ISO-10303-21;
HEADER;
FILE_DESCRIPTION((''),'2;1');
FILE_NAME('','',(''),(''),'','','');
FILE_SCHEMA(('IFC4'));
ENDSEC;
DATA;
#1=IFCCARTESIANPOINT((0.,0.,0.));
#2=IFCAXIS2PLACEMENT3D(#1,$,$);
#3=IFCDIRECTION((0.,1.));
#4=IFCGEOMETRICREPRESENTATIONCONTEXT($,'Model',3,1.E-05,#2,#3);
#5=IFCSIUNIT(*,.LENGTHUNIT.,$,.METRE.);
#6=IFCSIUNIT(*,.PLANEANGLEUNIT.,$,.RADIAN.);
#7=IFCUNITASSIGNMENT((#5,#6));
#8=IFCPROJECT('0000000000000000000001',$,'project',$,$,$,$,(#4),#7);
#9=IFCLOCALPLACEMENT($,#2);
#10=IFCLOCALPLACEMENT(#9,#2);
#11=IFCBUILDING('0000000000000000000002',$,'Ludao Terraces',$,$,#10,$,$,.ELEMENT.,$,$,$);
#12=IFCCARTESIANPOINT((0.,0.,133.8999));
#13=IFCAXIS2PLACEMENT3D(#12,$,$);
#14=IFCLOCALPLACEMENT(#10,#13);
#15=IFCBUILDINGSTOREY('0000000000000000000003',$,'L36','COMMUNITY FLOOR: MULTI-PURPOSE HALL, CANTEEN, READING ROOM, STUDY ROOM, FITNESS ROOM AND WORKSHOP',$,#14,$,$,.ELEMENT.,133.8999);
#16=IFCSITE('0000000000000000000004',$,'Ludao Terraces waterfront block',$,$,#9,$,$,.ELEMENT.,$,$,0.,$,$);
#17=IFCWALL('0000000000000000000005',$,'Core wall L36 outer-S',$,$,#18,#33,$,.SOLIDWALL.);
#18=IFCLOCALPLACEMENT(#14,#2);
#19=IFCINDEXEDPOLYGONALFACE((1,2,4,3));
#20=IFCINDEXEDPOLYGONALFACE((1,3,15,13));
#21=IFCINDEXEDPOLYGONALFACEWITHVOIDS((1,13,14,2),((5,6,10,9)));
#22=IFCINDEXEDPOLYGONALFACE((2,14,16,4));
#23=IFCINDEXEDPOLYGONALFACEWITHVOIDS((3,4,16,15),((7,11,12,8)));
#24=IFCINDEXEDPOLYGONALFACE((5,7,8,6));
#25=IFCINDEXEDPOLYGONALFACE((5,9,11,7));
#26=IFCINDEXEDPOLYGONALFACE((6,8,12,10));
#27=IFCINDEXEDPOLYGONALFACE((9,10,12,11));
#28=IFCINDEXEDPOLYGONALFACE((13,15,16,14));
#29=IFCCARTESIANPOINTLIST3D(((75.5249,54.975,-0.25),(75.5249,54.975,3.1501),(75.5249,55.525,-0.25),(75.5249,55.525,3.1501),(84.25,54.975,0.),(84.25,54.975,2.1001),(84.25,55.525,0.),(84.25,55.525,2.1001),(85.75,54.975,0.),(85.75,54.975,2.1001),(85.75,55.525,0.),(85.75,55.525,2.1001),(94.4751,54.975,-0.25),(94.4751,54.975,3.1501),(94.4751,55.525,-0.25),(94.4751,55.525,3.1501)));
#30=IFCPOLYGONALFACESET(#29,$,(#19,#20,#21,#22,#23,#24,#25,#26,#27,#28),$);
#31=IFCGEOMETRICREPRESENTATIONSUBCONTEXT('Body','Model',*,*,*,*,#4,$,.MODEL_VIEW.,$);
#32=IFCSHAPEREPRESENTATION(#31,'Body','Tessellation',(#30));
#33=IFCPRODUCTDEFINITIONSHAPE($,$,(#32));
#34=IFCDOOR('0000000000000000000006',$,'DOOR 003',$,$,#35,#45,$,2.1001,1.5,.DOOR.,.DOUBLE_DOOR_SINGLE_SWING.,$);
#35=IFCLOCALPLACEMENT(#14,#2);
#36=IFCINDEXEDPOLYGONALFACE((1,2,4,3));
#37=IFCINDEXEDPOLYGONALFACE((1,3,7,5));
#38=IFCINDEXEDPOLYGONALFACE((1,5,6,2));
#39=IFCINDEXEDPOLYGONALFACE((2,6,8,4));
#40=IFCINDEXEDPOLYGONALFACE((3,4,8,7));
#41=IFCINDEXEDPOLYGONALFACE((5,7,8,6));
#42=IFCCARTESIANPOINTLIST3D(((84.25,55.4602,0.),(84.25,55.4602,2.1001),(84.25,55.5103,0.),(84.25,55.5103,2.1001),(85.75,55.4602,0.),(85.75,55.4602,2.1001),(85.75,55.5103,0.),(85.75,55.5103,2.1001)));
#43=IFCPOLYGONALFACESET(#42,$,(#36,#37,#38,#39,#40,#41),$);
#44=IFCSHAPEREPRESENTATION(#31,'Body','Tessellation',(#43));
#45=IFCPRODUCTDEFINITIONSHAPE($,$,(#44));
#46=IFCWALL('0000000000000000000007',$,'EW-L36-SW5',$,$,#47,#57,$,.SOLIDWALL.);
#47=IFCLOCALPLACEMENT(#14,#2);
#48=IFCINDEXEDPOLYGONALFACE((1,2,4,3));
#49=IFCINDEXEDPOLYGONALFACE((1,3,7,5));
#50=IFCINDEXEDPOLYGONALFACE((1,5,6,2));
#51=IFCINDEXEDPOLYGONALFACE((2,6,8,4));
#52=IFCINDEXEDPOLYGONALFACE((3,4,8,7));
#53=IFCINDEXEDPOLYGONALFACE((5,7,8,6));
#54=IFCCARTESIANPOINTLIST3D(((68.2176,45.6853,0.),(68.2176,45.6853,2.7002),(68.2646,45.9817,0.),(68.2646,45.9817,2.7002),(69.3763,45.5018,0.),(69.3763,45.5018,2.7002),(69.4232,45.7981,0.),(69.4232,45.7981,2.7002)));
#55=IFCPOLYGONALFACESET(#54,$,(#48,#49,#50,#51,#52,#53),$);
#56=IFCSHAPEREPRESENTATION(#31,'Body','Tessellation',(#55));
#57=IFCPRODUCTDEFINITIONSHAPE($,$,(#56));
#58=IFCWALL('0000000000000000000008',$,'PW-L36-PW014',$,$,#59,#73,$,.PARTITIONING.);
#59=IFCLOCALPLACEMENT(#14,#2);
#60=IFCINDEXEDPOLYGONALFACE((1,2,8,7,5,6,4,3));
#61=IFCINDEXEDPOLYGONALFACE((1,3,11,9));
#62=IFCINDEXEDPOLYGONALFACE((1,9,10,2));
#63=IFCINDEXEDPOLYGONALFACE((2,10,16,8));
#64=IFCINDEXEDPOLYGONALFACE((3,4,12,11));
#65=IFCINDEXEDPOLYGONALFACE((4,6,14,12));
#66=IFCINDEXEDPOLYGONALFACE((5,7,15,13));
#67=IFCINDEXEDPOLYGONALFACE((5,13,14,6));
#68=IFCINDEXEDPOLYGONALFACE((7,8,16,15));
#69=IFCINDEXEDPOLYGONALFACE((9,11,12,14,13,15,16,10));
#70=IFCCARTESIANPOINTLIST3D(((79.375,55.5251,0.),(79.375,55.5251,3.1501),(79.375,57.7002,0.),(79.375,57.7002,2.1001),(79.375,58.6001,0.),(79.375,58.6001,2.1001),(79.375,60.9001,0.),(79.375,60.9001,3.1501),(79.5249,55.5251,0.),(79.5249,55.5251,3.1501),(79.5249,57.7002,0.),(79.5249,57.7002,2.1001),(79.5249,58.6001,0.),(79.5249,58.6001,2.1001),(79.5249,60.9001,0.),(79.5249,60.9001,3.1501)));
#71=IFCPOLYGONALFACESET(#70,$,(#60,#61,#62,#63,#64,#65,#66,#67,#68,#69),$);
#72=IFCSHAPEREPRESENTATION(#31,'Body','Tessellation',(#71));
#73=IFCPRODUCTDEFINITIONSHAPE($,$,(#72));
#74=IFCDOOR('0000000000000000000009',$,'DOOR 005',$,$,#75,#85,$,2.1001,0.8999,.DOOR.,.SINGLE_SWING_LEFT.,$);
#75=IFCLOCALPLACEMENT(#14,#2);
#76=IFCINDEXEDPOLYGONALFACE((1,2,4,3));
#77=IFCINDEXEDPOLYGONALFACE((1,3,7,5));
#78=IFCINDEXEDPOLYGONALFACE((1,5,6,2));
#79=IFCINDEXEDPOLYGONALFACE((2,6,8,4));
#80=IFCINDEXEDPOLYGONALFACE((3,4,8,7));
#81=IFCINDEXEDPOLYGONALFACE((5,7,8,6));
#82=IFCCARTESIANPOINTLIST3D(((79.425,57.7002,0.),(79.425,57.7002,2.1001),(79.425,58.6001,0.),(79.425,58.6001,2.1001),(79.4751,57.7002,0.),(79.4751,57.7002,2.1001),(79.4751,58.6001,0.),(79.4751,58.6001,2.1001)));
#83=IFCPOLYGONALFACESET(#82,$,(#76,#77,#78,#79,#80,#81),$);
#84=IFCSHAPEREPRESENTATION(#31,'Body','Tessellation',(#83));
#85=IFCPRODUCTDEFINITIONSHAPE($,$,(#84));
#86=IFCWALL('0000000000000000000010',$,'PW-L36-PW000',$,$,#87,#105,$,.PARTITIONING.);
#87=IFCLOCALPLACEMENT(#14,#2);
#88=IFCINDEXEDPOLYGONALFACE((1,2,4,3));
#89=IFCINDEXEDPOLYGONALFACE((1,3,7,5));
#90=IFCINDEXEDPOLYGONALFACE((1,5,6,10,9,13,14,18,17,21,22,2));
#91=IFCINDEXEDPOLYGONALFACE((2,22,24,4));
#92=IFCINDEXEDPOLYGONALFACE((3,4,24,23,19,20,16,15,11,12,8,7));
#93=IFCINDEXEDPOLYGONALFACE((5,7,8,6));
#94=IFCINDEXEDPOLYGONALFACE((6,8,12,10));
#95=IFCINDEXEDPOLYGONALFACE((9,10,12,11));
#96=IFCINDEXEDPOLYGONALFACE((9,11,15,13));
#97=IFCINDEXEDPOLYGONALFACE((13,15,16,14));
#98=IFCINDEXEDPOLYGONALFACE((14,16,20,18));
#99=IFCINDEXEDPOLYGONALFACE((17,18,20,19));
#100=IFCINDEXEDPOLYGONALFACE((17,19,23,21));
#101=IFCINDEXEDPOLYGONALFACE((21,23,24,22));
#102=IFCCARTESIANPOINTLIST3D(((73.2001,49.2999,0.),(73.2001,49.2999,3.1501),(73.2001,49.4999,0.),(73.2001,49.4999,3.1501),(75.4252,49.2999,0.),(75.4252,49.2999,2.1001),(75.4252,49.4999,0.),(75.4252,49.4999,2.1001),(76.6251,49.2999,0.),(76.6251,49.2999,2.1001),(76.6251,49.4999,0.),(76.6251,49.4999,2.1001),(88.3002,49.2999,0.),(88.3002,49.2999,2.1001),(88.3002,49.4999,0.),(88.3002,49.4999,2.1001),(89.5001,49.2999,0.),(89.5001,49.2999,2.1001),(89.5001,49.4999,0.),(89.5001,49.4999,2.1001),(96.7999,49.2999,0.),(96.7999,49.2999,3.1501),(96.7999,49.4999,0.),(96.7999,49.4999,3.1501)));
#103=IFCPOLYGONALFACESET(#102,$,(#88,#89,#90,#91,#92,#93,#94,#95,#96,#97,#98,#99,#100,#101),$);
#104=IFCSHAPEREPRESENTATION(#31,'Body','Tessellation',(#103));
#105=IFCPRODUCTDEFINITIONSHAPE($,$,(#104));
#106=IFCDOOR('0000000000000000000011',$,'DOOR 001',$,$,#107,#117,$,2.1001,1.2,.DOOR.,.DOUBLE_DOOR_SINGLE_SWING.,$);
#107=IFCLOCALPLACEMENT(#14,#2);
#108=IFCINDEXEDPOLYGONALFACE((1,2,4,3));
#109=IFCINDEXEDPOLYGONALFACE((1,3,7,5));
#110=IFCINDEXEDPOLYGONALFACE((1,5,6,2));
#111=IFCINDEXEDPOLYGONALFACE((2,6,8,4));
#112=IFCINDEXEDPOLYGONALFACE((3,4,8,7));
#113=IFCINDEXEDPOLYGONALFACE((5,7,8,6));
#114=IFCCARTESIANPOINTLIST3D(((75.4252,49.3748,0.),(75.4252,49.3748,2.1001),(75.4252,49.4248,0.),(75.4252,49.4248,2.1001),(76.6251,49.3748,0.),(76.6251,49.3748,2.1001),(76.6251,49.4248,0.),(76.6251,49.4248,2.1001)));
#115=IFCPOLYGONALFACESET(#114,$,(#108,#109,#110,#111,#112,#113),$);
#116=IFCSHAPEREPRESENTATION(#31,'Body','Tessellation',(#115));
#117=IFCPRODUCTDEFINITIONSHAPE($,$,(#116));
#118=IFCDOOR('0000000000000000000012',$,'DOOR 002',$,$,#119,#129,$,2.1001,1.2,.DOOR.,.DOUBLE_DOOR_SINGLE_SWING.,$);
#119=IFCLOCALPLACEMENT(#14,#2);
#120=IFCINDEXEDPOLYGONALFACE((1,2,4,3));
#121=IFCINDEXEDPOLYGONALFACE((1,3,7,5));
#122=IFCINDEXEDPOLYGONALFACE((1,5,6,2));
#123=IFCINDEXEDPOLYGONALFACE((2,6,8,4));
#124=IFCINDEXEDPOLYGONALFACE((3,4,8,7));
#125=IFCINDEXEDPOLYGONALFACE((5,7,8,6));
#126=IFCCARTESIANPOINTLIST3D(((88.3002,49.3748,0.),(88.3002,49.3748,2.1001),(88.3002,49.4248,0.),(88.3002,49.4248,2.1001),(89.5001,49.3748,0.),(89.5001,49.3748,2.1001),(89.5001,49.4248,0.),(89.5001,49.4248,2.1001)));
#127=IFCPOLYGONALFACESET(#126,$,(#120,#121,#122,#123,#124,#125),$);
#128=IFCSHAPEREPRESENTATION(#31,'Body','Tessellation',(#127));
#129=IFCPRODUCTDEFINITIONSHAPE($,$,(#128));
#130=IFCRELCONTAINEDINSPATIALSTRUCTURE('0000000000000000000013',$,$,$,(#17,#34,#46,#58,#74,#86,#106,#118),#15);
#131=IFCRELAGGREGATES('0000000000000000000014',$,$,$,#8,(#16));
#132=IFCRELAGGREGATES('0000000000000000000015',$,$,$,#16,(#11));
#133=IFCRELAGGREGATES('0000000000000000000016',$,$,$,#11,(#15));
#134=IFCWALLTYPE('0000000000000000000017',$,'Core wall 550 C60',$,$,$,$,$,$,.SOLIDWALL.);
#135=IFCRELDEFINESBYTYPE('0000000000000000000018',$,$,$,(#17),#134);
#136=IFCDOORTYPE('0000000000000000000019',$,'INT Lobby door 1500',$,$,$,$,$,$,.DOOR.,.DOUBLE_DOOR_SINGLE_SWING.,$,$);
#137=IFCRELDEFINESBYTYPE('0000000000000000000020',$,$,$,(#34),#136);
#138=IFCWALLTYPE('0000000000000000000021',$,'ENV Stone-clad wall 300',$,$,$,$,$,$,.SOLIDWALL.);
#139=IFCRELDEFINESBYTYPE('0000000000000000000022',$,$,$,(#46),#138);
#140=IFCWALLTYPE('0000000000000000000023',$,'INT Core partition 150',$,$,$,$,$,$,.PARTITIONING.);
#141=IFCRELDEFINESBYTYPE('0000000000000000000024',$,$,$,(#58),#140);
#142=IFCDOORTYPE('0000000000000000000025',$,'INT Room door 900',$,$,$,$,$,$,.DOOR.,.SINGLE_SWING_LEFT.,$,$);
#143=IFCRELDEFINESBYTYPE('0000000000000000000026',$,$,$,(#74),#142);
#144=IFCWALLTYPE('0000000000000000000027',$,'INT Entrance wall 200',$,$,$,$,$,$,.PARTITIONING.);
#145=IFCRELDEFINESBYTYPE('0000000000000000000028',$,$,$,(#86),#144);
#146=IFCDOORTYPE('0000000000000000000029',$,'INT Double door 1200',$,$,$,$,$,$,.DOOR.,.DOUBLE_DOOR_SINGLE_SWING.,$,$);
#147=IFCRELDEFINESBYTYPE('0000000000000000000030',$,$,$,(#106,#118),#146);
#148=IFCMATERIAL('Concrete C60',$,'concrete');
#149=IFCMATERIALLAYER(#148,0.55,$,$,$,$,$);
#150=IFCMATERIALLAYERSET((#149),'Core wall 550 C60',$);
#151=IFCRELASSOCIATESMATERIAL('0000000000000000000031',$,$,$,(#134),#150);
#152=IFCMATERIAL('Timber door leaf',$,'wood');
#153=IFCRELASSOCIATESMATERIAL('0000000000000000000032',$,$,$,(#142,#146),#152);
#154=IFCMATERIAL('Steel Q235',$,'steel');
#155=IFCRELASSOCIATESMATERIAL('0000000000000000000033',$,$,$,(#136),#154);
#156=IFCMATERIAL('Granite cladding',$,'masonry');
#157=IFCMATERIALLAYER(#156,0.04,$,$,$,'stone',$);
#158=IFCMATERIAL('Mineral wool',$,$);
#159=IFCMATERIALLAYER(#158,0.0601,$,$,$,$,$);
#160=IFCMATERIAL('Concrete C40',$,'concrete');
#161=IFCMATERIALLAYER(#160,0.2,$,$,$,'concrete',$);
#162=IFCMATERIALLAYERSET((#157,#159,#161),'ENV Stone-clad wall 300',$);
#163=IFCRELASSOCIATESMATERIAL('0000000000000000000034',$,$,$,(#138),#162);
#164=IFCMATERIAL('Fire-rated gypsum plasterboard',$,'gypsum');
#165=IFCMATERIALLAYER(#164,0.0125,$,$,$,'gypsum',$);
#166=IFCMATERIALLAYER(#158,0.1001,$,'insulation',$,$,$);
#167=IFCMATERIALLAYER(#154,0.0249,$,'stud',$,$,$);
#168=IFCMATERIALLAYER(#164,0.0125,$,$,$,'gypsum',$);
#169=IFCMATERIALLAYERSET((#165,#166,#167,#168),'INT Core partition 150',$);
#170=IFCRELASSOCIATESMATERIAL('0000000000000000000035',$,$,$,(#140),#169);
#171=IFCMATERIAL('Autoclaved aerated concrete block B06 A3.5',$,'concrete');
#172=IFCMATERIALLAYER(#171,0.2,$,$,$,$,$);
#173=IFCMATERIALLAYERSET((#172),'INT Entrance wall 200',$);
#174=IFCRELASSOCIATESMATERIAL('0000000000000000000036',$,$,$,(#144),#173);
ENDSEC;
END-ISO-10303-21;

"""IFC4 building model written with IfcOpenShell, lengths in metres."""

from ifc_helpers import new_model, si_unit, direction, frame, frame_2d, origin, place, context, subcontext, project, spatial, rectangle, extrude, material, layer, layer_set, type_object, element, fill, save


model = new_model("IFC4")

# Units and contexts
model_context = context("Model", 3, precision=1e-05, world=origin(), true_north=direction((0.0, 1.0)))
body_context = subcontext(model_context, "Body", "Model", "MODEL_VIEW")
ifc_project = project(units=[si_unit("LENGTHUNIT", "METRE"), si_unit("PLANEANGLEUNIT", "RADIAN")], contexts=[model_context])

# Site, building, storey
site_placement = place(None, origin())
site = spatial("IfcSite", under=ifc_project, at=site_placement, Name="Ludao Terraces waterfront block", CompositionType="ELEMENT", RefElevation=0.0)
building_placement = place(site_placement, origin())
building = spatial("IfcBuilding", under=site, at=building_placement, Name="Ludao Terraces", CompositionType="ELEMENT")
storey_placement = place(building_placement, frame((0.0, 0.0, 133.8999)))
storey = spatial("IfcBuildingStorey", under=building, at=storey_placement, Name="L36", Description="COMMUNITY FLOOR: MULTI-PURPOSE HALL, CANTEEN, READING ROOM, STUDY ROOM, FITNESS ROOM AND WORKSHOP", CompositionType="ELEMENT", Elevation=133.8999)

# Shared definitions
ifc_material_1 = material(Name="Concrete C40", Category="concrete")

# Shared definitions
ifc_material_2 = material(Name="Concrete C60", Category="concrete")
ifc_layer_1 = layer(ifc_material_2, 0.55)
ifc_layer_set_1 = layer_set([ifc_layer_1], Name="Core wall 550 C60")
wall_type_1 = type_object("IfcWallType", Name="Core wall 550 C60", PredefinedType="SOLIDWALL", material=ifc_layer_set_1)
ifc_material_3 = material(Name="Steel Q235", Category="steel")
ifc_material_4 = material(Name="Timber door leaf", Category="wood")
door_type_1 = type_object("IfcDoorType", Name="INT Room door 900", OperationType="SINGLE_SWING_LEFT", PredefinedType="DOOR", material=ifc_material_4)

# Wall, opening, door
wall_1_placement = place(storey_placement, frame((75.5249, 55.25, -0.25), z_axis=(0.0, 0.0, 1.0), x_axis=(1.0, 0.0, 0.0)))
wall_1 = element("IfcWall", 1, at=wall_1_placement, inside=storey, type_object=wall_type_1, Name="Core wall L36 outer-S", PredefinedType="SOLIDWALL", context=body_context, shape_type="SweptSolid", body=[
    extrude(rectangle(XDim=18.9502, YDim=0.55, at=frame_2d((9.4751, 0.0))), origin(), (0.0, 0.0, 1.0), 3.4001),
])
opening_1_placement = place(wall_1_placement, frame((8.7251, 0.0, 0.25)))
opening_1 = element("IfcOpeningElement", 2, at=opening_1_placement, cuts=wall_1, PredefinedType="OPENING", context=body_context, shape_type="SweptSolid", body=[
    extrude(rectangle(XDim=1.5, YDim=2.1001, at=frame_2d((0.75, 1.05))), frame((0.0, 0.2852, 0.0), z_axis=(0.0, -1.0, 0.0), x_axis=(1.0, 0.0, 0.0)), (0.0, 0.0, 1.0), 0.5701),
])
door_type_2 = type_object("IfcDoorType", Name="INT Lobby door 1500", OperationType="DOUBLE_DOOR_SINGLE_SWING", PredefinedType="DOOR", material=ifc_material_3)
door_1_placement = place(opening_1_placement, origin())
door_1 = element("IfcDoor", 3, at=door_1_placement, inside=storey, type_object=door_type_2, Name="DOOR 003", OperationType="DOUBLE_DOOR_SINGLE_SWING", OverallHeight=2.1001, OverallWidth=1.5, PredefinedType="DOOR", context=body_context, shape_type="SweptSolid", body=[
    extrude(rectangle(XDim=1.5, YDim=2.1001, at=frame_2d((0.75, 1.05))), frame((0.0, 0.2603, 0.0), z_axis=(0.0, -1.0, 0.0), x_axis=(1.0, 0.0, 0.0)), (0.0, 0.0, 1.0), 0.05),
])
fill(opening_1, door_1)

# Wall
ifc_material_5 = material(Name="Granite cladding", Category="masonry")
ifc_layer_2 = layer(ifc_material_5, 0.04, Category="stone")
ifc_material_6 = material(Name="Mineral wool")
ifc_layer_3 = layer(ifc_material_6, 0.0601)
ifc_layer_4 = layer(ifc_material_1, 0.2, Category="concrete")
ifc_layer_set_2 = layer_set([ifc_layer_2, ifc_layer_3, ifc_layer_4], Name="ENV Stone-clad wall 300")
wall_type_2 = type_object("IfcWallType", Name="ENV Stone-clad wall 300", PredefinedType="SOLIDWALL", material=ifc_layer_set_2)
wall_2_placement = place(storey_placement, frame((68.2412, 45.8335, 0.0), z_axis=(0.0, 0.0, 1.0), x_axis=(0.987678, -0.156497, 0.0)))
element("IfcWall", 4, at=wall_2_placement, inside=storey, type_object=wall_type_2, Name="EW-L36-SW5", PredefinedType="SOLIDWALL", context=body_context, shape_type="SweptSolid", body=[
    extrude(rectangle(XDim=1.1731, YDim=0.3, at=frame_2d((0.5864, 0.0))), origin(), (0.0, 0.0, 1.0), 2.7002),
])

# Wall, opening, door
ifc_material_7 = material(Name="Fire-rated gypsum plasterboard", Category="gypsum")
ifc_layer_5 = layer(ifc_material_7, 0.0125, Category="gypsum")
ifc_layer_6 = layer(ifc_material_6, 0.1001, Name="insulation")
ifc_layer_7 = layer(ifc_material_3, 0.0249, Name="stud")
ifc_layer_8 = layer(ifc_material_7, 0.0125, Category="gypsum")
ifc_layer_set_3 = layer_set([ifc_layer_5, ifc_layer_6, ifc_layer_7, ifc_layer_8], Name="INT Core partition 150")
wall_type_3 = type_object("IfcWallType", Name="INT Core partition 150", PredefinedType="PARTITIONING", material=ifc_layer_set_3)
wall_3_placement = place(storey_placement, frame((79.45, 55.5251, 0.0), z_axis=(0.0, 0.0, 1.0), x_axis=(0.0, 1.0, 0.0)))
wall_3 = element("IfcWall", 5, at=wall_3_placement, inside=storey, type_object=wall_type_3, Name="PW-L36-PW014", PredefinedType="PARTITIONING", context=body_context, shape_type="SweptSolid", body=[
    extrude(rectangle(XDim=5.375, YDim=0.1499, at=frame_2d((2.6875, 0.0))), origin(), (0.0, 0.0, 1.0), 3.1501),
])
opening_2_placement = place(wall_3_placement, frame((2.175, 0.0, 0.0)))
opening_2 = element("IfcOpeningElement", 6, at=opening_2_placement, cuts=wall_3, PredefinedType="OPENING", context=body_context, shape_type="SweptSolid", body=[
    extrude(rectangle(XDim=0.8999, YDim=2.1001, at=frame_2d((0.45, 1.05))), frame((0.0, 0.085, 0.0), z_axis=(0.0, -1.0, 0.0), x_axis=(1.0, 0.0, 0.0)), (0.0, 0.0, 1.0), 0.1699),
])
door_2_placement = place(opening_2_placement, origin())
door_2 = element("IfcDoor", 7, at=door_2_placement, inside=storey, type_object=door_type_1, Name="DOOR 005", OperationType="SINGLE_SWING_LEFT", OverallHeight=2.1001, OverallWidth=0.8999, PredefinedType="DOOR", context=body_context, shape_type="SweptSolid", body=[
    extrude(rectangle(XDim=0.8999, YDim=2.1001, at=frame_2d((0.45, 1.05))), frame((0.0, 0.0249, 0.0), z_axis=(0.0, -1.0, 0.0), x_axis=(1.0, 0.0, 0.0)), (0.0, 0.0, 1.0), 0.05),
])
fill(opening_2, door_2)

# Wall, openings, doors
ifc_material_8 = material(Name="Autoclaved aerated concrete block B06 A3.5", Category="concrete")
ifc_layer_9 = layer(ifc_material_8, 0.2)
ifc_layer_set_4 = layer_set([ifc_layer_9], Name="INT Entrance wall 200")
wall_type_4 = type_object("IfcWallType", Name="INT Entrance wall 200", PredefinedType="PARTITIONING", material=ifc_layer_set_4)
wall_4_placement = place(storey_placement, frame((73.2002, 49.3999, 0.0), z_axis=(0.0, 0.0, 1.0), x_axis=(1.0, 0.0, 0.0)))
wall_4 = element("IfcWall", 8, at=wall_4_placement, inside=storey, type_object=wall_type_4, Name="PW-L36-PW000", PredefinedType="PARTITIONING", context=body_context, shape_type="SweptSolid", body=[
    extrude(rectangle(XDim=23.5999, YDim=0.2, at=frame_2d((11.7998, 0.0))), origin(), (0.0, 0.0, 1.0), 3.1501),
])
opening_3_placement = place(wall_4_placement, frame((2.2249, 0.0, 0.0)))
opening_3 = element("IfcOpeningElement", 9, at=opening_3_placement, cuts=wall_4, PredefinedType="OPENING", context=body_context, shape_type="SweptSolid", body=[
    extrude(rectangle(XDim=1.2, YDim=2.1001, at=frame_2d((0.6001, 1.05))), frame((0.0, 0.1099, 0.0), z_axis=(0.0, -1.0, 0.0), x_axis=(1.0, 0.0, 0.0)), (0.0, 0.0, 1.0), 0.22),
])
opening_4_placement = place(wall_4_placement, frame((15.0999, 0.0, 0.0)))
opening_4 = element("IfcOpeningElement", 10, at=opening_4_placement, cuts=wall_4, PredefinedType="OPENING", context=body_context, shape_type="SweptSolid", body=[
    extrude(rectangle(XDim=1.2, YDim=2.1001, at=frame_2d((0.6001, 1.05))), frame((0.0, 0.1099, 0.0), z_axis=(0.0, -1.0, 0.0), x_axis=(1.0, 0.0, 0.0)), (0.0, 0.0, 1.0), 0.22),
])
door_type_3 = type_object("IfcDoorType", Name="INT Double door 1200", OperationType="DOUBLE_DOOR_SINGLE_SWING", PredefinedType="DOOR", material=ifc_material_4)
door_3_placement = place(opening_3_placement, origin())
door_3 = element("IfcDoor", 11, at=door_3_placement, inside=storey, type_object=door_type_3, Name="DOOR 001", OperationType="DOUBLE_DOOR_SINGLE_SWING", OverallHeight=2.1001, OverallWidth=1.2, PredefinedType="DOOR", context=body_context, shape_type="SweptSolid", body=[
    extrude(rectangle(XDim=1.2, YDim=2.1001, at=frame_2d((0.6001, 1.05))), frame((0.0, 0.0249, 0.0), z_axis=(0.0, -1.0, 0.0), x_axis=(1.0, 0.0, 0.0)), (0.0, 0.0, 1.0), 0.05),
])
fill(opening_3, door_3)
door_4_placement = place(opening_4_placement, origin())
door_4 = element("IfcDoor", 12, at=door_4_placement, inside=storey, type_object=door_type_3, Name="DOOR 002", OperationType="DOUBLE_DOOR_SINGLE_SWING", OverallHeight=2.1001, OverallWidth=1.2, PredefinedType="DOOR", context=body_context, shape_type="SweptSolid", body=[
    extrude(rectangle(XDim=1.2, YDim=2.1001, at=frame_2d((0.6001, 1.05))), frame((0.0, 0.0249, 0.0), z_axis=(0.0, -1.0, 0.0), x_axis=(1.0, 0.0, 0.0)), (0.0, 0.0, 1.0), 0.05),
])
fill(opening_4, door_4)

save(model, "model.ifc")
